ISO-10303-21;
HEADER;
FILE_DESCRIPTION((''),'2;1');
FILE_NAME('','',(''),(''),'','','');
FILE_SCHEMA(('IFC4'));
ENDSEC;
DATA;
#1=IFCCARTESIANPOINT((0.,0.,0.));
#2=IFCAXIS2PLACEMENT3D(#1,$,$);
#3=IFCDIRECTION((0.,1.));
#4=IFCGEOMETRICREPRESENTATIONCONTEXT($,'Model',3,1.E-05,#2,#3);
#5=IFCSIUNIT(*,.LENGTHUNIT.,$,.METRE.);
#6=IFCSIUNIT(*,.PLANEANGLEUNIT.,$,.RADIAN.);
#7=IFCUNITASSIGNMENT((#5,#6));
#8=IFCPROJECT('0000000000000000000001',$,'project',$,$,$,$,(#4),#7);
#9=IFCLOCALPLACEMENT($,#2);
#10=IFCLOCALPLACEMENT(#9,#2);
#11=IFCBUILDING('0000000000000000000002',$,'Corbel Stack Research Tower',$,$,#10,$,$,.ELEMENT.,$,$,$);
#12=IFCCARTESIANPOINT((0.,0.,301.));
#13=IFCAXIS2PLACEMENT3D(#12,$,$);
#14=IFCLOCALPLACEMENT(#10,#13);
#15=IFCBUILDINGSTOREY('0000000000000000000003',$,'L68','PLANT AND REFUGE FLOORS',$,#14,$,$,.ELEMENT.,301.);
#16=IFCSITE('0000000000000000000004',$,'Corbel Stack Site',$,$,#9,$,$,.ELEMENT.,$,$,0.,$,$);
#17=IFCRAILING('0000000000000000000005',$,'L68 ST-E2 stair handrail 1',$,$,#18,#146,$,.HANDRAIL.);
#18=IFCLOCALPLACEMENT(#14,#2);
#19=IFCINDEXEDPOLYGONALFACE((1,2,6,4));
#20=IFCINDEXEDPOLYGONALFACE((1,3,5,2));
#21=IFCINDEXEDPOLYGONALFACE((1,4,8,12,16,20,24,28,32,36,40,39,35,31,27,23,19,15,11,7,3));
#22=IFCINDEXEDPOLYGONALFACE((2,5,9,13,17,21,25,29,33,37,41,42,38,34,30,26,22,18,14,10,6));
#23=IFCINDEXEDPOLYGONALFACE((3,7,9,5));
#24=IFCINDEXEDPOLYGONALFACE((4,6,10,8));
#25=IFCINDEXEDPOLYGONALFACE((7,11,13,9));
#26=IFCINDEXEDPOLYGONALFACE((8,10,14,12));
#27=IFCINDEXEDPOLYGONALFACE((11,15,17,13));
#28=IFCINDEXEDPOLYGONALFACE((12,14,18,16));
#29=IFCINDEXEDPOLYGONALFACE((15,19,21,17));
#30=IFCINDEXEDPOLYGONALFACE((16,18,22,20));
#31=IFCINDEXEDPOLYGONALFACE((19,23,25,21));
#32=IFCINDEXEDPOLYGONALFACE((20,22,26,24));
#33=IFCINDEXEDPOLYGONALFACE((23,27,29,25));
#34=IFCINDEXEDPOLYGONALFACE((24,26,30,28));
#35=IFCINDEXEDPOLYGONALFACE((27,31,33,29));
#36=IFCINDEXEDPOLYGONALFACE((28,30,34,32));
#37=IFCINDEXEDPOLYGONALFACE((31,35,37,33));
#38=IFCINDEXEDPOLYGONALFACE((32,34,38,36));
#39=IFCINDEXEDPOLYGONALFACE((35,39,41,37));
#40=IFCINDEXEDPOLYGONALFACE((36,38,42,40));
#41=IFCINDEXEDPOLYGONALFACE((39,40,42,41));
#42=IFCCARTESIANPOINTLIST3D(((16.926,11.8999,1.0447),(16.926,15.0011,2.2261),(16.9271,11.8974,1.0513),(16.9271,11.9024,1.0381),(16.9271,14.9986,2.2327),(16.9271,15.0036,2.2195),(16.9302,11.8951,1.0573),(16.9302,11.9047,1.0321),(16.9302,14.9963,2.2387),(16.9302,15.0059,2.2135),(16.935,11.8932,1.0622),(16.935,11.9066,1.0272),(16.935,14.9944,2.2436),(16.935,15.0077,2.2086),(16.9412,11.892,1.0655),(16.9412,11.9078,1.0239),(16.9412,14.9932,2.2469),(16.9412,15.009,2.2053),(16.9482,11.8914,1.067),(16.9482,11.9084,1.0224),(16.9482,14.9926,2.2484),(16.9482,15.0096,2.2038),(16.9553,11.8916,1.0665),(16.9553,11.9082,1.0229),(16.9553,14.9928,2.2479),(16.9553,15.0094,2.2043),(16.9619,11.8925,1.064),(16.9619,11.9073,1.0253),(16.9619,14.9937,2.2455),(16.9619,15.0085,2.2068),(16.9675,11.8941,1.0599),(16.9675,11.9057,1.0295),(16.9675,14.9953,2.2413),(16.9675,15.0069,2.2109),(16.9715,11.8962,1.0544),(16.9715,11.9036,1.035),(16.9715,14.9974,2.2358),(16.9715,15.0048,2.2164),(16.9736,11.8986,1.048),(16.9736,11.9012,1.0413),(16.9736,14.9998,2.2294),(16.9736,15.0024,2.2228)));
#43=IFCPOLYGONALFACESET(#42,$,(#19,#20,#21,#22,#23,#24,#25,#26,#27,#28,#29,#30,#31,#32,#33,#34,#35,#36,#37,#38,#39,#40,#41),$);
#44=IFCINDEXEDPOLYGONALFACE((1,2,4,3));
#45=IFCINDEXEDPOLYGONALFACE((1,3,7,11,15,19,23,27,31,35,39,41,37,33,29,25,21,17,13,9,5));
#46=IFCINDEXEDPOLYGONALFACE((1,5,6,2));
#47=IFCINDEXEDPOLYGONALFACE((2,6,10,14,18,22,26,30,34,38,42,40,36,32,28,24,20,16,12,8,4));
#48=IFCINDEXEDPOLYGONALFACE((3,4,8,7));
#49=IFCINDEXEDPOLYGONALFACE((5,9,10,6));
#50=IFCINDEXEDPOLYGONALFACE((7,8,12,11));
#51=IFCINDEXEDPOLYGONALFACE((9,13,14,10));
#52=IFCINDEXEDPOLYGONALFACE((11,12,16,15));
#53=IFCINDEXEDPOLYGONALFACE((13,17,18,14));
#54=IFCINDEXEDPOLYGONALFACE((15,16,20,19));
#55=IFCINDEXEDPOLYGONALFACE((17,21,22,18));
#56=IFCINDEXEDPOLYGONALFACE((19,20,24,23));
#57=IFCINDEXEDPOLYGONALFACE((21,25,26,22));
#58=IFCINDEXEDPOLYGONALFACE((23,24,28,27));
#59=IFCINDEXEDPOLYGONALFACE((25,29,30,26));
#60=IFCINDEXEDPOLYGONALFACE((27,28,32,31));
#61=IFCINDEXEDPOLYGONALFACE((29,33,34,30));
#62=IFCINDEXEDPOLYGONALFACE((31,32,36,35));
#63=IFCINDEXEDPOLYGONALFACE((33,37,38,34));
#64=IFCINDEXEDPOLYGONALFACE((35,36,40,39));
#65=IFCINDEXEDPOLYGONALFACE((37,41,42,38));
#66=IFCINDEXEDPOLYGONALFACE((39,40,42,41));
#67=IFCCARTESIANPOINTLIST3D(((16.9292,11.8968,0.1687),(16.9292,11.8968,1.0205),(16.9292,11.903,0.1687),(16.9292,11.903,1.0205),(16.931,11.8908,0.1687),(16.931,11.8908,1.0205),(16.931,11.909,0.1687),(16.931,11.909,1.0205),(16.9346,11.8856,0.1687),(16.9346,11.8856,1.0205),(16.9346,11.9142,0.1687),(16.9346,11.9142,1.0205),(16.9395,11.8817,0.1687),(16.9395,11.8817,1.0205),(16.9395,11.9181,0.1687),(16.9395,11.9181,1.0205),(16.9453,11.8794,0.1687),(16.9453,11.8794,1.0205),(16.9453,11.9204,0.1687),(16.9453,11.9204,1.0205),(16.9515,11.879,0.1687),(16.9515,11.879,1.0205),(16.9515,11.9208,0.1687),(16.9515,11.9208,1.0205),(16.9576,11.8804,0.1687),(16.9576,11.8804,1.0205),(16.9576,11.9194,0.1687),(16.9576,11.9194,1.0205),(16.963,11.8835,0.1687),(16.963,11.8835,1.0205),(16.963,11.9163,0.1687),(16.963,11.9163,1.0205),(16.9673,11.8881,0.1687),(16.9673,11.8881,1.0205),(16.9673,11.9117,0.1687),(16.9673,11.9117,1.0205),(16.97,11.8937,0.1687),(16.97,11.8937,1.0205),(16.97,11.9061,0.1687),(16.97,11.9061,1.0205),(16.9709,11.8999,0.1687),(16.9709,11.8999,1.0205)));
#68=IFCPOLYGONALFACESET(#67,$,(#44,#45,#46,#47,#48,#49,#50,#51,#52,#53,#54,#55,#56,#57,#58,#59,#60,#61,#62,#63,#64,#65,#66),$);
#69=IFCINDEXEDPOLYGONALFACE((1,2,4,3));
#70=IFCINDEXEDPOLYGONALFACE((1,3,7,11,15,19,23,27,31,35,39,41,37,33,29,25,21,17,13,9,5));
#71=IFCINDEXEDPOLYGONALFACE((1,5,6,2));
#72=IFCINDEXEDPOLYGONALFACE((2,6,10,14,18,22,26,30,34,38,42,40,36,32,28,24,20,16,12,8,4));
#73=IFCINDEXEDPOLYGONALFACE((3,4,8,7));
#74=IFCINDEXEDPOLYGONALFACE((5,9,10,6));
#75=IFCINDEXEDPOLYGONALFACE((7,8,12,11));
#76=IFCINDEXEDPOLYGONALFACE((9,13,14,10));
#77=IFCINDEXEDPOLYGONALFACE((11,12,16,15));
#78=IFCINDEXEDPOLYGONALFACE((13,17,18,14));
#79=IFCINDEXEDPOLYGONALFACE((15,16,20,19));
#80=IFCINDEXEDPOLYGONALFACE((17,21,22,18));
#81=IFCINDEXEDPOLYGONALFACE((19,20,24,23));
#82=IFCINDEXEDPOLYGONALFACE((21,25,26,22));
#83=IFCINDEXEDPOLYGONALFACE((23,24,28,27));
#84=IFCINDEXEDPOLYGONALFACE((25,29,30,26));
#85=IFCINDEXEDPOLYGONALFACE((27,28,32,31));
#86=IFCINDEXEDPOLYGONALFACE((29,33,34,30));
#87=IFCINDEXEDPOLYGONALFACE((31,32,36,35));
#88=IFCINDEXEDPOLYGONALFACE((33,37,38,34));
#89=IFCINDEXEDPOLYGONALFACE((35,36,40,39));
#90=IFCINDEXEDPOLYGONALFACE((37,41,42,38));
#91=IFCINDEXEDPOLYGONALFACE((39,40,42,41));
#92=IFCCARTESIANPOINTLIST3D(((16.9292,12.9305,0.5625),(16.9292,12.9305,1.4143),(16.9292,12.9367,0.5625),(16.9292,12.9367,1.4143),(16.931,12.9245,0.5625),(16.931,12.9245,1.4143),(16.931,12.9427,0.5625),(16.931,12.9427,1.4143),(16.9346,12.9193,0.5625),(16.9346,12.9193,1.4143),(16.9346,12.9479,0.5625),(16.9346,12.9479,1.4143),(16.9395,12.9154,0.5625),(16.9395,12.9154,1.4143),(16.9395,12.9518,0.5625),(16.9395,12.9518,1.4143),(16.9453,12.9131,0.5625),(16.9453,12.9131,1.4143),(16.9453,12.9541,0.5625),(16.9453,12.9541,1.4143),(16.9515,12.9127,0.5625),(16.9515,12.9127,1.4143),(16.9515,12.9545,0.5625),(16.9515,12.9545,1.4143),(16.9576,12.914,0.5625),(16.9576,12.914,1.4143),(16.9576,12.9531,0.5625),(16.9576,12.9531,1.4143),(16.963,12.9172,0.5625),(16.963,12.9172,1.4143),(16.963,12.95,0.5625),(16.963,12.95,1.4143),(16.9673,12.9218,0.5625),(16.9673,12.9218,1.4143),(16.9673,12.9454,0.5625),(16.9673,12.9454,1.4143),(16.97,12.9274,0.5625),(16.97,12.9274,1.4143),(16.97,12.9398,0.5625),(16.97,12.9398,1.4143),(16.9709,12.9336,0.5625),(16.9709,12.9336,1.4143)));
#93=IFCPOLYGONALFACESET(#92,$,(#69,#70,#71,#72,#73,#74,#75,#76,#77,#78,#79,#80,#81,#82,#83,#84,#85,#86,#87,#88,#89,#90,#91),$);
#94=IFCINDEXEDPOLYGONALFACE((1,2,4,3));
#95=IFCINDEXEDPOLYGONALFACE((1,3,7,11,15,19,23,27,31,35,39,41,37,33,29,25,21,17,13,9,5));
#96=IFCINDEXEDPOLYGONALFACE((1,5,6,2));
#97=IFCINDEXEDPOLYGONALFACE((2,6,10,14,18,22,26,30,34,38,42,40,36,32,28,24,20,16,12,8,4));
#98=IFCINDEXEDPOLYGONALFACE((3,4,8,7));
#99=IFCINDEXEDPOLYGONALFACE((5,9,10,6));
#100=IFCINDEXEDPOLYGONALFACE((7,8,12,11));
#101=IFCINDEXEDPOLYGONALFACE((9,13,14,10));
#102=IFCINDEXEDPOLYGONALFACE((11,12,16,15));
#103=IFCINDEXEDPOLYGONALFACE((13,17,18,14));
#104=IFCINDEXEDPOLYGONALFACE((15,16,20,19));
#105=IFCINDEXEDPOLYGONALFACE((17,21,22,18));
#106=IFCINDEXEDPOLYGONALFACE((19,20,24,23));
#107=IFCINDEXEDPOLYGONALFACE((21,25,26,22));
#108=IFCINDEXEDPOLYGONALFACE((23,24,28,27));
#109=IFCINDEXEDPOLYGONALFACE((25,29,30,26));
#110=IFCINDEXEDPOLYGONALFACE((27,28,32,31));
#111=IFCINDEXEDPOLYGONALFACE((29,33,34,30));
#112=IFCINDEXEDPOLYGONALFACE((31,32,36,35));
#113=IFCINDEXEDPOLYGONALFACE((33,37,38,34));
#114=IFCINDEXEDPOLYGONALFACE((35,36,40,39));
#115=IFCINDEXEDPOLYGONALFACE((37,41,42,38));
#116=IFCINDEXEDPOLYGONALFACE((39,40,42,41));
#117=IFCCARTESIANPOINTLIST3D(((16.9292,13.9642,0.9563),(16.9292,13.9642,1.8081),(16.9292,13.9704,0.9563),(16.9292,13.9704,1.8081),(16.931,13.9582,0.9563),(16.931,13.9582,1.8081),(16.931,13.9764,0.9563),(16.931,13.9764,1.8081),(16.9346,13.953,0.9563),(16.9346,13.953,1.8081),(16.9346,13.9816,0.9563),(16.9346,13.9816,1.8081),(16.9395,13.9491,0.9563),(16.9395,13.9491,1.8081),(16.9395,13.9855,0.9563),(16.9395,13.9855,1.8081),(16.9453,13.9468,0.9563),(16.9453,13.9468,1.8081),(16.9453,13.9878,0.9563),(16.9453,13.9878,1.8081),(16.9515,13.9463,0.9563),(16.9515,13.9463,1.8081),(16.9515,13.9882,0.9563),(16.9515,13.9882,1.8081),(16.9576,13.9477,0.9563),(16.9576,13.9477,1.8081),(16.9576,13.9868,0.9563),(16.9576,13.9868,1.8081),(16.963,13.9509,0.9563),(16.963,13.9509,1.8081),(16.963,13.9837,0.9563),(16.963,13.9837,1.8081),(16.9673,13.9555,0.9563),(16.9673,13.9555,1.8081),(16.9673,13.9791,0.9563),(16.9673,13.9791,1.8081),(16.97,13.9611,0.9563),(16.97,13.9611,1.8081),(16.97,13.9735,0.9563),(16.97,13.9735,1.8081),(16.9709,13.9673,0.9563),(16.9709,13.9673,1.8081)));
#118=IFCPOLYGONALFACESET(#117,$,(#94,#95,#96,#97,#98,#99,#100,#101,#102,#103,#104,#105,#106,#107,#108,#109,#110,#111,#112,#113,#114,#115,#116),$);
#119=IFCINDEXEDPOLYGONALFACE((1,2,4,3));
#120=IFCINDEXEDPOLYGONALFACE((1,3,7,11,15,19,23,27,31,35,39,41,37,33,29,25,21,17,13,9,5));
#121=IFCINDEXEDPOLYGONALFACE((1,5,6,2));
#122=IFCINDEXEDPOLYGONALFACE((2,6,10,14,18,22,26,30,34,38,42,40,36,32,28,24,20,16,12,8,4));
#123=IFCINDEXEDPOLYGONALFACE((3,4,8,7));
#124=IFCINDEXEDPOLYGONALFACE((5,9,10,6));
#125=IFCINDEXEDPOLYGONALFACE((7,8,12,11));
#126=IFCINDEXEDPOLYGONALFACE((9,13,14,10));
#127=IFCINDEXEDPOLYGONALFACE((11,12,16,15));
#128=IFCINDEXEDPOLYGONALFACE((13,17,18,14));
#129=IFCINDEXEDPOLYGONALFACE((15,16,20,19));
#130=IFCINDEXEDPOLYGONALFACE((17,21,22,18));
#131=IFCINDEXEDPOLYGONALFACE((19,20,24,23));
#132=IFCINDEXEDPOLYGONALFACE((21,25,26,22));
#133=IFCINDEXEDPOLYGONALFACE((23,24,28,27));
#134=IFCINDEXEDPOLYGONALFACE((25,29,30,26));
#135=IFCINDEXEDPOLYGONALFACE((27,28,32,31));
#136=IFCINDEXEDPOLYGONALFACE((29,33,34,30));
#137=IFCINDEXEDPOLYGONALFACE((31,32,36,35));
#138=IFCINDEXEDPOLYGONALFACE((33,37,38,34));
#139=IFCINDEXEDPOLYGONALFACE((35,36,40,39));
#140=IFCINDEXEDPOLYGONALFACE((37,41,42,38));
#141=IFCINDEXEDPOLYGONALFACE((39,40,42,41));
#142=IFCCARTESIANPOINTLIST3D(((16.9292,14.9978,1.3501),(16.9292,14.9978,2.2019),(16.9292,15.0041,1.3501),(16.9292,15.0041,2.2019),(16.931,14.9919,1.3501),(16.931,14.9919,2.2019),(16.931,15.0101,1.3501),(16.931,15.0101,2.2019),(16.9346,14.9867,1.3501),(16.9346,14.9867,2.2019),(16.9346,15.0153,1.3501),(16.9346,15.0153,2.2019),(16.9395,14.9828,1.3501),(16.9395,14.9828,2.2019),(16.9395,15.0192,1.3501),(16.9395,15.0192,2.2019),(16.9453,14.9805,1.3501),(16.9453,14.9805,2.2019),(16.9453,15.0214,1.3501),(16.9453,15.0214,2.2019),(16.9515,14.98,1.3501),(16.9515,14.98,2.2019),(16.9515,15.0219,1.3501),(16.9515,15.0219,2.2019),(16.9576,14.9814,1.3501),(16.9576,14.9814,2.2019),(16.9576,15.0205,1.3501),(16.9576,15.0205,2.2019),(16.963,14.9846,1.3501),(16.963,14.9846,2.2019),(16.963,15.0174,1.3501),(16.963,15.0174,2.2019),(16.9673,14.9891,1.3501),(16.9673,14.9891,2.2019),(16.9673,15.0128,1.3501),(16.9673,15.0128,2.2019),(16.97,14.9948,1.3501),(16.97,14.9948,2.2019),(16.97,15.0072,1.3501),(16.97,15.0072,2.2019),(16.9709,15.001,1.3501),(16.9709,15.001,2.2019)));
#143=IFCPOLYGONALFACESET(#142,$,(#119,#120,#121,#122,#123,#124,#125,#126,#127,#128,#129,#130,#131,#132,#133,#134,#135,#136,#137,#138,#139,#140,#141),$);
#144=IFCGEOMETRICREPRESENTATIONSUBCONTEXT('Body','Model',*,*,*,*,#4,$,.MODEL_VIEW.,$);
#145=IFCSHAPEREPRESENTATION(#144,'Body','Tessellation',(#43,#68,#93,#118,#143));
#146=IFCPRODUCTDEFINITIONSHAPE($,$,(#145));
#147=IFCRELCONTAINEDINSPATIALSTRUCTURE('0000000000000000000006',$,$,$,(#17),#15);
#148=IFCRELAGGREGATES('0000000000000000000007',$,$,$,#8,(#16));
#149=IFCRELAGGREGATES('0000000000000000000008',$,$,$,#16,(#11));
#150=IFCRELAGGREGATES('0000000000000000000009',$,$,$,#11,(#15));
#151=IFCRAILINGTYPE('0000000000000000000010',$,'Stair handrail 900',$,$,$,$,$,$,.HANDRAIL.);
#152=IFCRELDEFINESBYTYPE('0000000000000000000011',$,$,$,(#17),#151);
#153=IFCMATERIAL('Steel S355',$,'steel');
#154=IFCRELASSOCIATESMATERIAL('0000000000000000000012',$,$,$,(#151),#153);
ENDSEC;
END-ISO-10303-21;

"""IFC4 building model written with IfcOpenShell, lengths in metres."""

from ifc_helpers import new_model, si_unit, direction, frame, origin, origin_2d, place, context, subcontext, project, spatial, circle, extrude, material, type_object, element, save


model = new_model("IFC4")

# Units and contexts
model_context = context("Model", 3, precision=1e-05, world=origin(), true_north=direction((0.0, 1.0)))
body_context = subcontext(model_context, "Body", "Model", "MODEL_VIEW")
ifc_project = project(units=[si_unit("LENGTHUNIT", "METRE"), si_unit("PLANEANGLEUNIT", "RADIAN")], contexts=[model_context])

# Site, building, storey
site_placement = place(None, origin())
site = spatial("IfcSite", under=ifc_project, at=site_placement, Name="Corbel Stack Site", CompositionType="ELEMENT", RefElevation=0.0)
building_placement = place(site_placement, origin())
building = spatial("IfcBuilding", under=site, at=building_placement, Name="Corbel Stack Research Tower", CompositionType="ELEMENT")
storey_placement = place(building_placement, frame((0.0, 0.0, 301.0)))
storey = spatial("IfcBuildingStorey", under=building, at=storey_placement, Name="L68", Description="PLANT AND REFUGE FLOORS", CompositionType="ELEMENT", Elevation=301.0)

# Railing
ifc_material_1 = material(Name="Steel S355", Category="steel")
railing_type_1 = type_object("IfcRailingType", Name="Stair handrail 900", PredefinedType="HANDRAIL", material=ifc_material_1)
railing_1_placement = place(storey_placement, frame((16.95, 11.8999, 0.1687)))
element("IfcRailing", 1, at=railing_1_placement, inside=storey, type_object=railing_type_1, Name="L68 ST-E2 stair handrail 1", PredefinedType="HANDRAIL", context=body_context, shape_type="SweptSolid", body=[
    extrude(circle(Radius=0.0239, at=origin_2d()), frame((0.0, 0.0, 0.876), z_axis=(0.0, 0.934484, 0.356005), x_axis=(-1.0, 0.0, 0.0)), (0.0, 0.0, 1.0), 3.3186),
    extrude(circle(Radius=0.021, at=origin_2d()), origin(), (0.0, 0.0, 1.0), 0.8518),
    extrude(circle(Radius=0.021, at=origin_2d()), frame((0.0, 1.0337, 0.3938)), (0.0, 0.0, 1.0), 0.8518),
    extrude(circle(Radius=0.021, at=origin_2d()), frame((0.0, 2.0674, 0.7876)), (0.0, 0.0, 1.0), 0.8518),
    extrude(circle(Radius=0.021, at=origin_2d()), frame((0.0, 3.1011, 1.1814)), (0.0, 0.0, 1.0), 0.8518),
])

save(model, "model.ifc")
